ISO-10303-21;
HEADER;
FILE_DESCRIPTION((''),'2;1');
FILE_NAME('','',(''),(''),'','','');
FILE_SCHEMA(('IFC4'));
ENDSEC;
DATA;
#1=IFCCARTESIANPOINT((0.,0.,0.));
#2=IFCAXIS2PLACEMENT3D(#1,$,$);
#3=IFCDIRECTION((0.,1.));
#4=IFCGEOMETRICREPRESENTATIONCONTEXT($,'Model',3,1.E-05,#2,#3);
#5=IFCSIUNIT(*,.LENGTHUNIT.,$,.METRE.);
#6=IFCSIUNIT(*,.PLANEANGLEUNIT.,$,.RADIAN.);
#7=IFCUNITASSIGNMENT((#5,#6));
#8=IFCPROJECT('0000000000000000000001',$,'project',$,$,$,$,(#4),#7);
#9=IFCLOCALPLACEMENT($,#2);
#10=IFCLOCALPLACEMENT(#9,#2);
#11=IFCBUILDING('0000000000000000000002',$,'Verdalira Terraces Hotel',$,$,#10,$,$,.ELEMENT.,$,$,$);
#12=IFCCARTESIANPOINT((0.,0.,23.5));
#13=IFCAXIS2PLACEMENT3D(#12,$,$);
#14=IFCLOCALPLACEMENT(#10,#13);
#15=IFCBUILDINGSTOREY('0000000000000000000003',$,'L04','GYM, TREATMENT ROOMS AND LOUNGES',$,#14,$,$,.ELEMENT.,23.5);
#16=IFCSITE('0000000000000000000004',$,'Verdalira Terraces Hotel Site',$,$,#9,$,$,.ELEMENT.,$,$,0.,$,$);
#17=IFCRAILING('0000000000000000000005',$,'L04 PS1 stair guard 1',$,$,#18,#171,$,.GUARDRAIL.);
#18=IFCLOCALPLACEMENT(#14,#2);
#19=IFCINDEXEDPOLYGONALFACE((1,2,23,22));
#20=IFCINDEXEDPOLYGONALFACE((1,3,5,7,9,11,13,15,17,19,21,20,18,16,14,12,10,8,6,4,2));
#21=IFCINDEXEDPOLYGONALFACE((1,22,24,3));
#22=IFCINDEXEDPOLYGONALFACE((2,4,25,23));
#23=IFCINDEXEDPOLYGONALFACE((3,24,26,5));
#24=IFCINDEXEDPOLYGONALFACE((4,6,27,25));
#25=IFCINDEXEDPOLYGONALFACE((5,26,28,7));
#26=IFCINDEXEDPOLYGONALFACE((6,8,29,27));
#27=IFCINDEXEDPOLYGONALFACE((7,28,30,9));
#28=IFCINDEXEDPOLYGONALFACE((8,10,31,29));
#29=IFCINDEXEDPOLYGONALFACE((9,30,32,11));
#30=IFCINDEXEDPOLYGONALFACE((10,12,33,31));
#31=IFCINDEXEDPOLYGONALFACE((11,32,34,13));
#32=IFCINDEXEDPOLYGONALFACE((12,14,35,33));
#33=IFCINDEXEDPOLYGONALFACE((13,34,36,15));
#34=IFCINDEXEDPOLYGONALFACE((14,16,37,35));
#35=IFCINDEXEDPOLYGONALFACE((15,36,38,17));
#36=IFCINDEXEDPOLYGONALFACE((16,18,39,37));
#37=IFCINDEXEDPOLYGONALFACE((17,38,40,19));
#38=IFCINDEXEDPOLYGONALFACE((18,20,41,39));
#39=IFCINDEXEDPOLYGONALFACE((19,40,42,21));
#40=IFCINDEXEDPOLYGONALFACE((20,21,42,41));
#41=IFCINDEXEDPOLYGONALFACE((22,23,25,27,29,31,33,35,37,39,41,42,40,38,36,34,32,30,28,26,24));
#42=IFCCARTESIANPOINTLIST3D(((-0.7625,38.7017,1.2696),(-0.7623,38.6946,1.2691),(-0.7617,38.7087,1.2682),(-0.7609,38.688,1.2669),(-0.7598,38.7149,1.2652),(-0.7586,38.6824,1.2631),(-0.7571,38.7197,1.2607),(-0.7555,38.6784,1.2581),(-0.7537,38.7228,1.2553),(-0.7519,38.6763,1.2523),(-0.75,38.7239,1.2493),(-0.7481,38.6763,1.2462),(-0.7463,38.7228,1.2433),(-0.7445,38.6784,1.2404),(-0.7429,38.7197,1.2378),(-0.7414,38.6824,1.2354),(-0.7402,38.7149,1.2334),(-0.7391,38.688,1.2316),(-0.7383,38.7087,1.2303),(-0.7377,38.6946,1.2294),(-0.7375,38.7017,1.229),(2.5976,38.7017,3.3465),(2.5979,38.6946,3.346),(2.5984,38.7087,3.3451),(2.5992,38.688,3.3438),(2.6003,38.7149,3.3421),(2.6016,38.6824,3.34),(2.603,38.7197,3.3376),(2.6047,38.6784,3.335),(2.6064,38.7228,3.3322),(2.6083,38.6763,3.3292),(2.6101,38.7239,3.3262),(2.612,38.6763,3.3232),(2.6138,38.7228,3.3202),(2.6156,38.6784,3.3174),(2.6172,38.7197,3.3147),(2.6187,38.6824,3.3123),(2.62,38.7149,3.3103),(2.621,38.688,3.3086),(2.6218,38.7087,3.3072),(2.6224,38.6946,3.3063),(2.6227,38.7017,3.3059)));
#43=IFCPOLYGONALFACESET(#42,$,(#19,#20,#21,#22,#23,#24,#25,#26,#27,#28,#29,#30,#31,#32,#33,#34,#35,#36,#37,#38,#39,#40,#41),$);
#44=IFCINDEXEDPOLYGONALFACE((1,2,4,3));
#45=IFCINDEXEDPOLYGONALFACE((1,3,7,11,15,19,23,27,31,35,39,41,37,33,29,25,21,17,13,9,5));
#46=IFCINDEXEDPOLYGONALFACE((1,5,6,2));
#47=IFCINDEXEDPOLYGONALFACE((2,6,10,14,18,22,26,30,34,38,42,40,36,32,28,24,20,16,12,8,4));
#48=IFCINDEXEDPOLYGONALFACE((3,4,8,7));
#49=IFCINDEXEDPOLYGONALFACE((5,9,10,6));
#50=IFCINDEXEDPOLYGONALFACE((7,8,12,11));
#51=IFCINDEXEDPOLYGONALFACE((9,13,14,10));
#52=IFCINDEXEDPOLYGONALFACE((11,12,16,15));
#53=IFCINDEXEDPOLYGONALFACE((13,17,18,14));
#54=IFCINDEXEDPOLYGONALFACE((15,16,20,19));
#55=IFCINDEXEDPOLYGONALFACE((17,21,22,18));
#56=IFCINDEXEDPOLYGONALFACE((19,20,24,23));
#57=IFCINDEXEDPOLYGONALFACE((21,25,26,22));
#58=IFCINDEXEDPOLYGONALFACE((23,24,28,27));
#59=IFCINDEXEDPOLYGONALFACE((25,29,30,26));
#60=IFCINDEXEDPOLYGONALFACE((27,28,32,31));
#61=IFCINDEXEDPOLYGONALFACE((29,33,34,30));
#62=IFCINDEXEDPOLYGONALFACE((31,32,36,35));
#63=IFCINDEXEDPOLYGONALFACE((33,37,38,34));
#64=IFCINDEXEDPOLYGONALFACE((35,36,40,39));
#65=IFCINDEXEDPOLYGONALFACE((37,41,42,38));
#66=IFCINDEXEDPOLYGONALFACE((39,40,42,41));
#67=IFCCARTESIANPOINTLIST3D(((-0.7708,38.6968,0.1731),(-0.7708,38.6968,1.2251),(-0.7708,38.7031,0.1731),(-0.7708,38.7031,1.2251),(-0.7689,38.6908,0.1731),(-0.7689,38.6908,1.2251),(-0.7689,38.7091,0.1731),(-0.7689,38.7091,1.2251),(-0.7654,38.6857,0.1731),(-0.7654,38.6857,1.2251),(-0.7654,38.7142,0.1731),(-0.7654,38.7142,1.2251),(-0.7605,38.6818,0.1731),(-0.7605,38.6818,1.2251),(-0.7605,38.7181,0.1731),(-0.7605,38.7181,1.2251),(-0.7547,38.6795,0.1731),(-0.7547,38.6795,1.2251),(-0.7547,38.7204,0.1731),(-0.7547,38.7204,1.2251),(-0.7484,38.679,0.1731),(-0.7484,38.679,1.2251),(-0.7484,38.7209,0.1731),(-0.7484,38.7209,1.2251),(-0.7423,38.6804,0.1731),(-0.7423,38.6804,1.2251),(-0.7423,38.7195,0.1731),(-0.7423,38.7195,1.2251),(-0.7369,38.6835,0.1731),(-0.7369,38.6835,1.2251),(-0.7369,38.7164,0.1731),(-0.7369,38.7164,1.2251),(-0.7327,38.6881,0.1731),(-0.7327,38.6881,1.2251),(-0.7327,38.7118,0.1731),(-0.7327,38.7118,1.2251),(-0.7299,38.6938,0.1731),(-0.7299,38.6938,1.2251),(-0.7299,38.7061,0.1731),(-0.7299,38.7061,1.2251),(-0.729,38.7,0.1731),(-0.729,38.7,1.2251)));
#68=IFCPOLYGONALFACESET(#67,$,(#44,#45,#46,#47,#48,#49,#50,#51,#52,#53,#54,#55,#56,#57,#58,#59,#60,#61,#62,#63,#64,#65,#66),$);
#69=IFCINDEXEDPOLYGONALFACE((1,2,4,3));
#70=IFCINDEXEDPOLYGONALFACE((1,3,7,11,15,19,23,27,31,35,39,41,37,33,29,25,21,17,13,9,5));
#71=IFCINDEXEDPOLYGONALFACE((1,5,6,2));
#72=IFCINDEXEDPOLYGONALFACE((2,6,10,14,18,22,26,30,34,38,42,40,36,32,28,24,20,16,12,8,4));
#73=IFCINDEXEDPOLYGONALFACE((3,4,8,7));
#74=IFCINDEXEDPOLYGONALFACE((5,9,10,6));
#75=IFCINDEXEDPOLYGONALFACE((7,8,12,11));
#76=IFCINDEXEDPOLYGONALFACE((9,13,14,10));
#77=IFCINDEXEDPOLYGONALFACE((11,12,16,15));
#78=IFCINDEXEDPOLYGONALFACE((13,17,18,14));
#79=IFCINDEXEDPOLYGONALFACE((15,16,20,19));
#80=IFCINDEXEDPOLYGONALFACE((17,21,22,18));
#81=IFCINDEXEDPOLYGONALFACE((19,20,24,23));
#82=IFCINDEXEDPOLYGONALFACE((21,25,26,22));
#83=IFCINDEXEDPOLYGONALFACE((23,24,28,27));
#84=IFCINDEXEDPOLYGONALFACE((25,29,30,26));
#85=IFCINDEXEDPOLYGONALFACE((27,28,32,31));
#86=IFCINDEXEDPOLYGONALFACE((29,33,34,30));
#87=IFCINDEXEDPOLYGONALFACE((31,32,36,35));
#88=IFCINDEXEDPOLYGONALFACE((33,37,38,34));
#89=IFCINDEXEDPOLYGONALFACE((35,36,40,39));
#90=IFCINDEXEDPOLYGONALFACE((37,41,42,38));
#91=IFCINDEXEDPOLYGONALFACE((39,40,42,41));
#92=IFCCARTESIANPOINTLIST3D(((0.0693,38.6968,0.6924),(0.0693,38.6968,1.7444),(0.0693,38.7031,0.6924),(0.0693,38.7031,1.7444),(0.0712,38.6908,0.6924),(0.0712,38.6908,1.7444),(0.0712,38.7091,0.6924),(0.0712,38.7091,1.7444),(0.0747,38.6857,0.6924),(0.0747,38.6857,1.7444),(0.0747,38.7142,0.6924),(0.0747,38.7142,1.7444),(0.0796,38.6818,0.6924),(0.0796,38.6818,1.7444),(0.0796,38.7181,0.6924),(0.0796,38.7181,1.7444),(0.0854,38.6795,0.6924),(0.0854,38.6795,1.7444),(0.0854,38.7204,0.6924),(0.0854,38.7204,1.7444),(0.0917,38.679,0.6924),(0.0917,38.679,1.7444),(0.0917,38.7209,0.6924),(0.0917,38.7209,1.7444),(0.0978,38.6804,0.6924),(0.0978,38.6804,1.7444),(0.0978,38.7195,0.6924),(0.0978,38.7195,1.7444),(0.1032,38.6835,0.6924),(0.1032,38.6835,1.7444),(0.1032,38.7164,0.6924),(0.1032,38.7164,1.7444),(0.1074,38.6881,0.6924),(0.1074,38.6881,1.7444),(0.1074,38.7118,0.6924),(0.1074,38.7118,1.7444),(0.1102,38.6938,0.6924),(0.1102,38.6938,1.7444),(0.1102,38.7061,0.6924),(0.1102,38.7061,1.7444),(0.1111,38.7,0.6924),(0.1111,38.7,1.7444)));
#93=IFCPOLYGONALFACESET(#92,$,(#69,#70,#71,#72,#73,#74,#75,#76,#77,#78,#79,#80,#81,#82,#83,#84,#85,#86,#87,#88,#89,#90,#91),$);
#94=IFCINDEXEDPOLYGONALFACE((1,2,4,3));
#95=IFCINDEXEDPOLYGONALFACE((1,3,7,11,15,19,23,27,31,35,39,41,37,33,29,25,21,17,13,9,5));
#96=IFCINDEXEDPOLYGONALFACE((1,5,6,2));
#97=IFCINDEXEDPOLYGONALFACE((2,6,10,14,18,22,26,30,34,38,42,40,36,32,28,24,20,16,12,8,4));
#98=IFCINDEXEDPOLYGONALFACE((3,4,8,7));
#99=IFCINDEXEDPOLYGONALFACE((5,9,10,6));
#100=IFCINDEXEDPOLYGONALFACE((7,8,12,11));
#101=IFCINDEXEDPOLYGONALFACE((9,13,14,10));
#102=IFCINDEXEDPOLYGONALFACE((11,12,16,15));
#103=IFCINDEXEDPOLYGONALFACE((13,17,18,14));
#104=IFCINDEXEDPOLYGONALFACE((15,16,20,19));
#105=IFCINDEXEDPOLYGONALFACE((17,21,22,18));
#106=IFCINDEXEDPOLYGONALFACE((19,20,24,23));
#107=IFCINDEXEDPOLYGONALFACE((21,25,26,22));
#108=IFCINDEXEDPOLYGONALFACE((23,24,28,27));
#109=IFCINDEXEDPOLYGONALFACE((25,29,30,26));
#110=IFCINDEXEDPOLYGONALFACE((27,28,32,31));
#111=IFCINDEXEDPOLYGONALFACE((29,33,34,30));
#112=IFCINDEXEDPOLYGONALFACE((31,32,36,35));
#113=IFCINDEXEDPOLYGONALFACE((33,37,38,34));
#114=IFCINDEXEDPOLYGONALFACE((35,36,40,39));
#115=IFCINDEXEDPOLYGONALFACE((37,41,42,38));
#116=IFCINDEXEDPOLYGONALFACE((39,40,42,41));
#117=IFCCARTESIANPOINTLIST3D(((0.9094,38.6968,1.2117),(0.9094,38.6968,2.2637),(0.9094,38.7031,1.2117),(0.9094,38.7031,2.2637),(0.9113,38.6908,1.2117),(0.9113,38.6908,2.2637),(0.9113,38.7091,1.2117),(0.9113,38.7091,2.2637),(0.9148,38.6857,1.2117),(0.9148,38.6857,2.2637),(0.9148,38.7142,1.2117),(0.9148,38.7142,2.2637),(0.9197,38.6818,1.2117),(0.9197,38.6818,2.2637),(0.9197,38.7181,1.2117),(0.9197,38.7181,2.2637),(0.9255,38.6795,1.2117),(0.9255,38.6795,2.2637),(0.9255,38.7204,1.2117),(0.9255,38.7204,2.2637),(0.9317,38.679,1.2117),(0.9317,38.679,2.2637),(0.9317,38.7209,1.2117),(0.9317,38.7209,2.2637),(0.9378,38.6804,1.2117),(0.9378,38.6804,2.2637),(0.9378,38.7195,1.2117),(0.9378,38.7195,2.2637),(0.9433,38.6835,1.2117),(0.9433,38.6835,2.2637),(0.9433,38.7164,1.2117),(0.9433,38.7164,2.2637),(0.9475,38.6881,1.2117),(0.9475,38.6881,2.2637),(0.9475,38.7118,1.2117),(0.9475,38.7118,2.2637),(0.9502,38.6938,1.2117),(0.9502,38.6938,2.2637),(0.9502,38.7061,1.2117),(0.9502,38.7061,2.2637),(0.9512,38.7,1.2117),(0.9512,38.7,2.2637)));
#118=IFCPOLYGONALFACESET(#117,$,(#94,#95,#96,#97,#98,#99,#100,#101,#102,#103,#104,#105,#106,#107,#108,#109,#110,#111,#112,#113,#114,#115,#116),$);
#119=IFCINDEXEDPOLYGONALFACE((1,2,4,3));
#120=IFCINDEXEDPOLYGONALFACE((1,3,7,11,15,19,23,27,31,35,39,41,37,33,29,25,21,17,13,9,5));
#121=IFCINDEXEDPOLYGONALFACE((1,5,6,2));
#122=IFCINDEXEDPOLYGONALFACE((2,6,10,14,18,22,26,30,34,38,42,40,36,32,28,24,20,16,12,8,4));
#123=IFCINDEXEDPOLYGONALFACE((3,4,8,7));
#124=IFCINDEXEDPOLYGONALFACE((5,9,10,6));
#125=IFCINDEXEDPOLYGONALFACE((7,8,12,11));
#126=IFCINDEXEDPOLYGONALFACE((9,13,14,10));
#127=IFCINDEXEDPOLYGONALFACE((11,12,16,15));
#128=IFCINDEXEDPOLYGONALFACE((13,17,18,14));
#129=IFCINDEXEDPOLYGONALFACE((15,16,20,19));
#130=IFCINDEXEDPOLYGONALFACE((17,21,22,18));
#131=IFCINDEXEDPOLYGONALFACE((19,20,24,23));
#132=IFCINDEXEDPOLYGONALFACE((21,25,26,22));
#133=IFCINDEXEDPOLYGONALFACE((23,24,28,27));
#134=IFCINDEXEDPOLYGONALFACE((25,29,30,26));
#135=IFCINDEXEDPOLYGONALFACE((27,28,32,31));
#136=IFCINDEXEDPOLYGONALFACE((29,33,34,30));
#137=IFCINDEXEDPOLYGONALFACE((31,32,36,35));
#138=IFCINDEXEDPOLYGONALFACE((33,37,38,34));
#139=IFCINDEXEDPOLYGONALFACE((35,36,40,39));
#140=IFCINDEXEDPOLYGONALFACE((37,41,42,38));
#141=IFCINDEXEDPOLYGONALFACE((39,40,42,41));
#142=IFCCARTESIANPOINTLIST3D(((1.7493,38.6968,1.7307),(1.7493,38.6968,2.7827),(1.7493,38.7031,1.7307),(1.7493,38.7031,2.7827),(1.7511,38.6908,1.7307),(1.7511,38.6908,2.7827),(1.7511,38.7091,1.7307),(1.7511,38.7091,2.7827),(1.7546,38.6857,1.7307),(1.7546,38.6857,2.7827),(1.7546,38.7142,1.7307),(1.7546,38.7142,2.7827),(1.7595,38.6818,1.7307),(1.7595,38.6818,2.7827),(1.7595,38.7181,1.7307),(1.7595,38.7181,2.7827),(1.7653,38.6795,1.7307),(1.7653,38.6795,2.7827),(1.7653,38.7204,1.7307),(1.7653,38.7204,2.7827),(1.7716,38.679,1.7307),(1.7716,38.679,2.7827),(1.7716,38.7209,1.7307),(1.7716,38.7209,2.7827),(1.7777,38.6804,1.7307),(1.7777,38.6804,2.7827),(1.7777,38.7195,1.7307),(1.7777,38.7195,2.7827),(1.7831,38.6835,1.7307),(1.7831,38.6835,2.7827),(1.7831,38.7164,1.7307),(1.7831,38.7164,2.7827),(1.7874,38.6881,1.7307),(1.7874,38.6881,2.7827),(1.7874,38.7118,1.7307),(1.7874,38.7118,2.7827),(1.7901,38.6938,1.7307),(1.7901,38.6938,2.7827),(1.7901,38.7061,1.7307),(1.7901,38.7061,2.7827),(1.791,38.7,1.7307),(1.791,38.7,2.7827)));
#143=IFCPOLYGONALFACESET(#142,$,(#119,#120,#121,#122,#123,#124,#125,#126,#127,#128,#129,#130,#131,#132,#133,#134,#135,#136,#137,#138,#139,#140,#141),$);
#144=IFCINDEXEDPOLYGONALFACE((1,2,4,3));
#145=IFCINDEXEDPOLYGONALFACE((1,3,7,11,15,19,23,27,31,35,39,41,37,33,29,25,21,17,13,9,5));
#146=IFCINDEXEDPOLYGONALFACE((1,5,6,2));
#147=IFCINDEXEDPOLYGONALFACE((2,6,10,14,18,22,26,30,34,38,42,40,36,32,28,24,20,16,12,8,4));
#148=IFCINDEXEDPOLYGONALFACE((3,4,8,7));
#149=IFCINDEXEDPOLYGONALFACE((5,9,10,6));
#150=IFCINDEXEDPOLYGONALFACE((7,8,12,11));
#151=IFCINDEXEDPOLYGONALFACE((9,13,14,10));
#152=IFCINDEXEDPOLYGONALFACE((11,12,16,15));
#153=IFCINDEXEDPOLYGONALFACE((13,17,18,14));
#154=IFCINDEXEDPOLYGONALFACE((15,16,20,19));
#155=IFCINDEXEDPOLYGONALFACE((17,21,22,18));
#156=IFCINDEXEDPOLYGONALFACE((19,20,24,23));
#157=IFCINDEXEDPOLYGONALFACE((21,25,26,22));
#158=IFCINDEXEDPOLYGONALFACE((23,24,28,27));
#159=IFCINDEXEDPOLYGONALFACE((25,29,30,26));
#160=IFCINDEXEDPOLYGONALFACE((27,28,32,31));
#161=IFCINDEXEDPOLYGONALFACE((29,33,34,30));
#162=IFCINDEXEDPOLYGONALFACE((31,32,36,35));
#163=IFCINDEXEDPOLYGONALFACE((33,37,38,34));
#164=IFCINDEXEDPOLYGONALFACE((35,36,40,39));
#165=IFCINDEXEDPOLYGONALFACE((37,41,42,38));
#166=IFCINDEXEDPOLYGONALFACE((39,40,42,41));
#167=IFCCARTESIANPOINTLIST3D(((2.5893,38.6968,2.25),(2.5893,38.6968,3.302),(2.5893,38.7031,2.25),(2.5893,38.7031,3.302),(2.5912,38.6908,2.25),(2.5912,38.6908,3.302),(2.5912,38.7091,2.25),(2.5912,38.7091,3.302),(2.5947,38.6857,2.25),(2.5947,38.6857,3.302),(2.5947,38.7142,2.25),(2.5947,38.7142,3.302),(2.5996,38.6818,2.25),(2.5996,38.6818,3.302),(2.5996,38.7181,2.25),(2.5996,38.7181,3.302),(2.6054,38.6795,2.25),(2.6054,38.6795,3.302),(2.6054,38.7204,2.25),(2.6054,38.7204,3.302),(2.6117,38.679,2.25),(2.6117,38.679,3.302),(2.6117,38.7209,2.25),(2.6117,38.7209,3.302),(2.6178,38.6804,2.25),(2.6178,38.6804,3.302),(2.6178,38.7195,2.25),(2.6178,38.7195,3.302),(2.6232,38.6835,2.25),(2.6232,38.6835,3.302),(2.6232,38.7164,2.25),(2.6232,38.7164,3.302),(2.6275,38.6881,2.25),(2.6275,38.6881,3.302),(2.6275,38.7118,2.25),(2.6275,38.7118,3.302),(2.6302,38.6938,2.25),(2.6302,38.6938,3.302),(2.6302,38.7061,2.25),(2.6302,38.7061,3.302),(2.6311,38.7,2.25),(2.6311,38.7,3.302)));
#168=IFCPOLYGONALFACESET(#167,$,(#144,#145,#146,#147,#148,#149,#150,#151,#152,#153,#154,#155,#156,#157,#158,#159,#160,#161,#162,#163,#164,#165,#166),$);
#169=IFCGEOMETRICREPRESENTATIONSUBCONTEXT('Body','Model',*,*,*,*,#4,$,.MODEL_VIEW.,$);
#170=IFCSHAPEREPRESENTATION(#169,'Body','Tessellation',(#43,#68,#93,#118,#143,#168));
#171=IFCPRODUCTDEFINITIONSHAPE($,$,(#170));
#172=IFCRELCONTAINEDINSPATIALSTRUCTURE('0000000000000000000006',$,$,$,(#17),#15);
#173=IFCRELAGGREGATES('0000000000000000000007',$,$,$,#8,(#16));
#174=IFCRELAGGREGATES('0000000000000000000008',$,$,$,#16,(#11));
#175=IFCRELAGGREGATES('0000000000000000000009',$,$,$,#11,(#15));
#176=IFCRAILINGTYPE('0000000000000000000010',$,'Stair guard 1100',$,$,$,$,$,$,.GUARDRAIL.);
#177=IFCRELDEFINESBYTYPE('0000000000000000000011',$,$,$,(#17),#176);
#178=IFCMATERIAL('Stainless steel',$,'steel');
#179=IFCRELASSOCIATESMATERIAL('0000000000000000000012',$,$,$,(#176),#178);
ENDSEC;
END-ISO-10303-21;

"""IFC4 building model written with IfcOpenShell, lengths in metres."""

from ifc_helpers import new_model, si_unit, direction, frame, origin, origin_2d, place, context, subcontext, project, spatial, circle, extrude, material, type_object, element, save


model = new_model("IFC4")

# Units and contexts
model_context = context("Model", 3, precision=1e-05, world=origin(), true_north=direction((0.0, 1.0)))
body_context = subcontext(model_context, "Body", "Model", "MODEL_VIEW")
ifc_project = project(units=[si_unit("LENGTHUNIT", "METRE"), si_unit("PLANEANGLEUNIT", "RADIAN")], contexts=[model_context])

# Site, building, storey
site_placement = place(None, origin())
site = spatial("IfcSite", under=ifc_project, at=site_placement, Name="Verdalira Terraces Hotel Site", CompositionType="ELEMENT", RefElevation=0.0)
building_placement = place(site_placement, origin())
building = spatial("IfcBuilding", under=site, at=building_placement, Name="Verdalira Terraces Hotel", CompositionType="ELEMENT")
storey_placement = place(building_placement, frame((0.0, 0.0, 23.5)))
storey = spatial("IfcBuildingStorey", under=building, at=storey_placement, Name="L04", Description="GYM, TREATMENT ROOMS AND LOUNGES", CompositionType="ELEMENT", Elevation=23.5)

# Railing
ifc_material_1 = material(Name="Stainless steel", Category="steel")
railing_type_1 = type_object("IfcRailingType", Name="Stair guard 1100", PredefinedType="GUARDRAIL", material=ifc_material_1)
railing_1_placement = place(storey_placement, frame((-0.75, 38.7, 0.1731)))
element("IfcRailing", 1, at=railing_1_placement, inside=storey, type_object=railing_type_1, Name="L04 PS1 stair guard 1", PredefinedType="GUARDRAIL", context=body_context, shape_type="SweptSolid", body=[
    extrude(circle(Radius=0.0239, at=origin_2d()), frame((0.0, 0.0, 1.0762), z_axis=(0.850623, 0.0, 0.525776), x_axis=(0.0, 1.0, 0.0)), (0.0, 0.0, 1.0), 3.9502),
    extrude(circle(Radius=0.021, at=origin_2d()), origin(), (0.0, 0.0, 1.0), 1.052),
    extrude(circle(Radius=0.021, at=origin_2d()), frame((0.8401, 0.0, 0.5193)), (0.0, 0.0, 1.0), 1.052),
    extrude(circle(Radius=0.021, at=origin_2d()), frame((1.6802, 0.0, 1.0386)), (0.0, 0.0, 1.0), 1.052),
    extrude(circle(Radius=0.021, at=origin_2d()), frame((2.52, 0.0, 1.5576)), (0.0, 0.0, 1.0), 1.052),
    extrude(circle(Radius=0.021, at=origin_2d()), frame((3.3601, 0.0, 2.0769)), (0.0, 0.0, 1.0), 1.052),
])

save(model, "model.ifc")
